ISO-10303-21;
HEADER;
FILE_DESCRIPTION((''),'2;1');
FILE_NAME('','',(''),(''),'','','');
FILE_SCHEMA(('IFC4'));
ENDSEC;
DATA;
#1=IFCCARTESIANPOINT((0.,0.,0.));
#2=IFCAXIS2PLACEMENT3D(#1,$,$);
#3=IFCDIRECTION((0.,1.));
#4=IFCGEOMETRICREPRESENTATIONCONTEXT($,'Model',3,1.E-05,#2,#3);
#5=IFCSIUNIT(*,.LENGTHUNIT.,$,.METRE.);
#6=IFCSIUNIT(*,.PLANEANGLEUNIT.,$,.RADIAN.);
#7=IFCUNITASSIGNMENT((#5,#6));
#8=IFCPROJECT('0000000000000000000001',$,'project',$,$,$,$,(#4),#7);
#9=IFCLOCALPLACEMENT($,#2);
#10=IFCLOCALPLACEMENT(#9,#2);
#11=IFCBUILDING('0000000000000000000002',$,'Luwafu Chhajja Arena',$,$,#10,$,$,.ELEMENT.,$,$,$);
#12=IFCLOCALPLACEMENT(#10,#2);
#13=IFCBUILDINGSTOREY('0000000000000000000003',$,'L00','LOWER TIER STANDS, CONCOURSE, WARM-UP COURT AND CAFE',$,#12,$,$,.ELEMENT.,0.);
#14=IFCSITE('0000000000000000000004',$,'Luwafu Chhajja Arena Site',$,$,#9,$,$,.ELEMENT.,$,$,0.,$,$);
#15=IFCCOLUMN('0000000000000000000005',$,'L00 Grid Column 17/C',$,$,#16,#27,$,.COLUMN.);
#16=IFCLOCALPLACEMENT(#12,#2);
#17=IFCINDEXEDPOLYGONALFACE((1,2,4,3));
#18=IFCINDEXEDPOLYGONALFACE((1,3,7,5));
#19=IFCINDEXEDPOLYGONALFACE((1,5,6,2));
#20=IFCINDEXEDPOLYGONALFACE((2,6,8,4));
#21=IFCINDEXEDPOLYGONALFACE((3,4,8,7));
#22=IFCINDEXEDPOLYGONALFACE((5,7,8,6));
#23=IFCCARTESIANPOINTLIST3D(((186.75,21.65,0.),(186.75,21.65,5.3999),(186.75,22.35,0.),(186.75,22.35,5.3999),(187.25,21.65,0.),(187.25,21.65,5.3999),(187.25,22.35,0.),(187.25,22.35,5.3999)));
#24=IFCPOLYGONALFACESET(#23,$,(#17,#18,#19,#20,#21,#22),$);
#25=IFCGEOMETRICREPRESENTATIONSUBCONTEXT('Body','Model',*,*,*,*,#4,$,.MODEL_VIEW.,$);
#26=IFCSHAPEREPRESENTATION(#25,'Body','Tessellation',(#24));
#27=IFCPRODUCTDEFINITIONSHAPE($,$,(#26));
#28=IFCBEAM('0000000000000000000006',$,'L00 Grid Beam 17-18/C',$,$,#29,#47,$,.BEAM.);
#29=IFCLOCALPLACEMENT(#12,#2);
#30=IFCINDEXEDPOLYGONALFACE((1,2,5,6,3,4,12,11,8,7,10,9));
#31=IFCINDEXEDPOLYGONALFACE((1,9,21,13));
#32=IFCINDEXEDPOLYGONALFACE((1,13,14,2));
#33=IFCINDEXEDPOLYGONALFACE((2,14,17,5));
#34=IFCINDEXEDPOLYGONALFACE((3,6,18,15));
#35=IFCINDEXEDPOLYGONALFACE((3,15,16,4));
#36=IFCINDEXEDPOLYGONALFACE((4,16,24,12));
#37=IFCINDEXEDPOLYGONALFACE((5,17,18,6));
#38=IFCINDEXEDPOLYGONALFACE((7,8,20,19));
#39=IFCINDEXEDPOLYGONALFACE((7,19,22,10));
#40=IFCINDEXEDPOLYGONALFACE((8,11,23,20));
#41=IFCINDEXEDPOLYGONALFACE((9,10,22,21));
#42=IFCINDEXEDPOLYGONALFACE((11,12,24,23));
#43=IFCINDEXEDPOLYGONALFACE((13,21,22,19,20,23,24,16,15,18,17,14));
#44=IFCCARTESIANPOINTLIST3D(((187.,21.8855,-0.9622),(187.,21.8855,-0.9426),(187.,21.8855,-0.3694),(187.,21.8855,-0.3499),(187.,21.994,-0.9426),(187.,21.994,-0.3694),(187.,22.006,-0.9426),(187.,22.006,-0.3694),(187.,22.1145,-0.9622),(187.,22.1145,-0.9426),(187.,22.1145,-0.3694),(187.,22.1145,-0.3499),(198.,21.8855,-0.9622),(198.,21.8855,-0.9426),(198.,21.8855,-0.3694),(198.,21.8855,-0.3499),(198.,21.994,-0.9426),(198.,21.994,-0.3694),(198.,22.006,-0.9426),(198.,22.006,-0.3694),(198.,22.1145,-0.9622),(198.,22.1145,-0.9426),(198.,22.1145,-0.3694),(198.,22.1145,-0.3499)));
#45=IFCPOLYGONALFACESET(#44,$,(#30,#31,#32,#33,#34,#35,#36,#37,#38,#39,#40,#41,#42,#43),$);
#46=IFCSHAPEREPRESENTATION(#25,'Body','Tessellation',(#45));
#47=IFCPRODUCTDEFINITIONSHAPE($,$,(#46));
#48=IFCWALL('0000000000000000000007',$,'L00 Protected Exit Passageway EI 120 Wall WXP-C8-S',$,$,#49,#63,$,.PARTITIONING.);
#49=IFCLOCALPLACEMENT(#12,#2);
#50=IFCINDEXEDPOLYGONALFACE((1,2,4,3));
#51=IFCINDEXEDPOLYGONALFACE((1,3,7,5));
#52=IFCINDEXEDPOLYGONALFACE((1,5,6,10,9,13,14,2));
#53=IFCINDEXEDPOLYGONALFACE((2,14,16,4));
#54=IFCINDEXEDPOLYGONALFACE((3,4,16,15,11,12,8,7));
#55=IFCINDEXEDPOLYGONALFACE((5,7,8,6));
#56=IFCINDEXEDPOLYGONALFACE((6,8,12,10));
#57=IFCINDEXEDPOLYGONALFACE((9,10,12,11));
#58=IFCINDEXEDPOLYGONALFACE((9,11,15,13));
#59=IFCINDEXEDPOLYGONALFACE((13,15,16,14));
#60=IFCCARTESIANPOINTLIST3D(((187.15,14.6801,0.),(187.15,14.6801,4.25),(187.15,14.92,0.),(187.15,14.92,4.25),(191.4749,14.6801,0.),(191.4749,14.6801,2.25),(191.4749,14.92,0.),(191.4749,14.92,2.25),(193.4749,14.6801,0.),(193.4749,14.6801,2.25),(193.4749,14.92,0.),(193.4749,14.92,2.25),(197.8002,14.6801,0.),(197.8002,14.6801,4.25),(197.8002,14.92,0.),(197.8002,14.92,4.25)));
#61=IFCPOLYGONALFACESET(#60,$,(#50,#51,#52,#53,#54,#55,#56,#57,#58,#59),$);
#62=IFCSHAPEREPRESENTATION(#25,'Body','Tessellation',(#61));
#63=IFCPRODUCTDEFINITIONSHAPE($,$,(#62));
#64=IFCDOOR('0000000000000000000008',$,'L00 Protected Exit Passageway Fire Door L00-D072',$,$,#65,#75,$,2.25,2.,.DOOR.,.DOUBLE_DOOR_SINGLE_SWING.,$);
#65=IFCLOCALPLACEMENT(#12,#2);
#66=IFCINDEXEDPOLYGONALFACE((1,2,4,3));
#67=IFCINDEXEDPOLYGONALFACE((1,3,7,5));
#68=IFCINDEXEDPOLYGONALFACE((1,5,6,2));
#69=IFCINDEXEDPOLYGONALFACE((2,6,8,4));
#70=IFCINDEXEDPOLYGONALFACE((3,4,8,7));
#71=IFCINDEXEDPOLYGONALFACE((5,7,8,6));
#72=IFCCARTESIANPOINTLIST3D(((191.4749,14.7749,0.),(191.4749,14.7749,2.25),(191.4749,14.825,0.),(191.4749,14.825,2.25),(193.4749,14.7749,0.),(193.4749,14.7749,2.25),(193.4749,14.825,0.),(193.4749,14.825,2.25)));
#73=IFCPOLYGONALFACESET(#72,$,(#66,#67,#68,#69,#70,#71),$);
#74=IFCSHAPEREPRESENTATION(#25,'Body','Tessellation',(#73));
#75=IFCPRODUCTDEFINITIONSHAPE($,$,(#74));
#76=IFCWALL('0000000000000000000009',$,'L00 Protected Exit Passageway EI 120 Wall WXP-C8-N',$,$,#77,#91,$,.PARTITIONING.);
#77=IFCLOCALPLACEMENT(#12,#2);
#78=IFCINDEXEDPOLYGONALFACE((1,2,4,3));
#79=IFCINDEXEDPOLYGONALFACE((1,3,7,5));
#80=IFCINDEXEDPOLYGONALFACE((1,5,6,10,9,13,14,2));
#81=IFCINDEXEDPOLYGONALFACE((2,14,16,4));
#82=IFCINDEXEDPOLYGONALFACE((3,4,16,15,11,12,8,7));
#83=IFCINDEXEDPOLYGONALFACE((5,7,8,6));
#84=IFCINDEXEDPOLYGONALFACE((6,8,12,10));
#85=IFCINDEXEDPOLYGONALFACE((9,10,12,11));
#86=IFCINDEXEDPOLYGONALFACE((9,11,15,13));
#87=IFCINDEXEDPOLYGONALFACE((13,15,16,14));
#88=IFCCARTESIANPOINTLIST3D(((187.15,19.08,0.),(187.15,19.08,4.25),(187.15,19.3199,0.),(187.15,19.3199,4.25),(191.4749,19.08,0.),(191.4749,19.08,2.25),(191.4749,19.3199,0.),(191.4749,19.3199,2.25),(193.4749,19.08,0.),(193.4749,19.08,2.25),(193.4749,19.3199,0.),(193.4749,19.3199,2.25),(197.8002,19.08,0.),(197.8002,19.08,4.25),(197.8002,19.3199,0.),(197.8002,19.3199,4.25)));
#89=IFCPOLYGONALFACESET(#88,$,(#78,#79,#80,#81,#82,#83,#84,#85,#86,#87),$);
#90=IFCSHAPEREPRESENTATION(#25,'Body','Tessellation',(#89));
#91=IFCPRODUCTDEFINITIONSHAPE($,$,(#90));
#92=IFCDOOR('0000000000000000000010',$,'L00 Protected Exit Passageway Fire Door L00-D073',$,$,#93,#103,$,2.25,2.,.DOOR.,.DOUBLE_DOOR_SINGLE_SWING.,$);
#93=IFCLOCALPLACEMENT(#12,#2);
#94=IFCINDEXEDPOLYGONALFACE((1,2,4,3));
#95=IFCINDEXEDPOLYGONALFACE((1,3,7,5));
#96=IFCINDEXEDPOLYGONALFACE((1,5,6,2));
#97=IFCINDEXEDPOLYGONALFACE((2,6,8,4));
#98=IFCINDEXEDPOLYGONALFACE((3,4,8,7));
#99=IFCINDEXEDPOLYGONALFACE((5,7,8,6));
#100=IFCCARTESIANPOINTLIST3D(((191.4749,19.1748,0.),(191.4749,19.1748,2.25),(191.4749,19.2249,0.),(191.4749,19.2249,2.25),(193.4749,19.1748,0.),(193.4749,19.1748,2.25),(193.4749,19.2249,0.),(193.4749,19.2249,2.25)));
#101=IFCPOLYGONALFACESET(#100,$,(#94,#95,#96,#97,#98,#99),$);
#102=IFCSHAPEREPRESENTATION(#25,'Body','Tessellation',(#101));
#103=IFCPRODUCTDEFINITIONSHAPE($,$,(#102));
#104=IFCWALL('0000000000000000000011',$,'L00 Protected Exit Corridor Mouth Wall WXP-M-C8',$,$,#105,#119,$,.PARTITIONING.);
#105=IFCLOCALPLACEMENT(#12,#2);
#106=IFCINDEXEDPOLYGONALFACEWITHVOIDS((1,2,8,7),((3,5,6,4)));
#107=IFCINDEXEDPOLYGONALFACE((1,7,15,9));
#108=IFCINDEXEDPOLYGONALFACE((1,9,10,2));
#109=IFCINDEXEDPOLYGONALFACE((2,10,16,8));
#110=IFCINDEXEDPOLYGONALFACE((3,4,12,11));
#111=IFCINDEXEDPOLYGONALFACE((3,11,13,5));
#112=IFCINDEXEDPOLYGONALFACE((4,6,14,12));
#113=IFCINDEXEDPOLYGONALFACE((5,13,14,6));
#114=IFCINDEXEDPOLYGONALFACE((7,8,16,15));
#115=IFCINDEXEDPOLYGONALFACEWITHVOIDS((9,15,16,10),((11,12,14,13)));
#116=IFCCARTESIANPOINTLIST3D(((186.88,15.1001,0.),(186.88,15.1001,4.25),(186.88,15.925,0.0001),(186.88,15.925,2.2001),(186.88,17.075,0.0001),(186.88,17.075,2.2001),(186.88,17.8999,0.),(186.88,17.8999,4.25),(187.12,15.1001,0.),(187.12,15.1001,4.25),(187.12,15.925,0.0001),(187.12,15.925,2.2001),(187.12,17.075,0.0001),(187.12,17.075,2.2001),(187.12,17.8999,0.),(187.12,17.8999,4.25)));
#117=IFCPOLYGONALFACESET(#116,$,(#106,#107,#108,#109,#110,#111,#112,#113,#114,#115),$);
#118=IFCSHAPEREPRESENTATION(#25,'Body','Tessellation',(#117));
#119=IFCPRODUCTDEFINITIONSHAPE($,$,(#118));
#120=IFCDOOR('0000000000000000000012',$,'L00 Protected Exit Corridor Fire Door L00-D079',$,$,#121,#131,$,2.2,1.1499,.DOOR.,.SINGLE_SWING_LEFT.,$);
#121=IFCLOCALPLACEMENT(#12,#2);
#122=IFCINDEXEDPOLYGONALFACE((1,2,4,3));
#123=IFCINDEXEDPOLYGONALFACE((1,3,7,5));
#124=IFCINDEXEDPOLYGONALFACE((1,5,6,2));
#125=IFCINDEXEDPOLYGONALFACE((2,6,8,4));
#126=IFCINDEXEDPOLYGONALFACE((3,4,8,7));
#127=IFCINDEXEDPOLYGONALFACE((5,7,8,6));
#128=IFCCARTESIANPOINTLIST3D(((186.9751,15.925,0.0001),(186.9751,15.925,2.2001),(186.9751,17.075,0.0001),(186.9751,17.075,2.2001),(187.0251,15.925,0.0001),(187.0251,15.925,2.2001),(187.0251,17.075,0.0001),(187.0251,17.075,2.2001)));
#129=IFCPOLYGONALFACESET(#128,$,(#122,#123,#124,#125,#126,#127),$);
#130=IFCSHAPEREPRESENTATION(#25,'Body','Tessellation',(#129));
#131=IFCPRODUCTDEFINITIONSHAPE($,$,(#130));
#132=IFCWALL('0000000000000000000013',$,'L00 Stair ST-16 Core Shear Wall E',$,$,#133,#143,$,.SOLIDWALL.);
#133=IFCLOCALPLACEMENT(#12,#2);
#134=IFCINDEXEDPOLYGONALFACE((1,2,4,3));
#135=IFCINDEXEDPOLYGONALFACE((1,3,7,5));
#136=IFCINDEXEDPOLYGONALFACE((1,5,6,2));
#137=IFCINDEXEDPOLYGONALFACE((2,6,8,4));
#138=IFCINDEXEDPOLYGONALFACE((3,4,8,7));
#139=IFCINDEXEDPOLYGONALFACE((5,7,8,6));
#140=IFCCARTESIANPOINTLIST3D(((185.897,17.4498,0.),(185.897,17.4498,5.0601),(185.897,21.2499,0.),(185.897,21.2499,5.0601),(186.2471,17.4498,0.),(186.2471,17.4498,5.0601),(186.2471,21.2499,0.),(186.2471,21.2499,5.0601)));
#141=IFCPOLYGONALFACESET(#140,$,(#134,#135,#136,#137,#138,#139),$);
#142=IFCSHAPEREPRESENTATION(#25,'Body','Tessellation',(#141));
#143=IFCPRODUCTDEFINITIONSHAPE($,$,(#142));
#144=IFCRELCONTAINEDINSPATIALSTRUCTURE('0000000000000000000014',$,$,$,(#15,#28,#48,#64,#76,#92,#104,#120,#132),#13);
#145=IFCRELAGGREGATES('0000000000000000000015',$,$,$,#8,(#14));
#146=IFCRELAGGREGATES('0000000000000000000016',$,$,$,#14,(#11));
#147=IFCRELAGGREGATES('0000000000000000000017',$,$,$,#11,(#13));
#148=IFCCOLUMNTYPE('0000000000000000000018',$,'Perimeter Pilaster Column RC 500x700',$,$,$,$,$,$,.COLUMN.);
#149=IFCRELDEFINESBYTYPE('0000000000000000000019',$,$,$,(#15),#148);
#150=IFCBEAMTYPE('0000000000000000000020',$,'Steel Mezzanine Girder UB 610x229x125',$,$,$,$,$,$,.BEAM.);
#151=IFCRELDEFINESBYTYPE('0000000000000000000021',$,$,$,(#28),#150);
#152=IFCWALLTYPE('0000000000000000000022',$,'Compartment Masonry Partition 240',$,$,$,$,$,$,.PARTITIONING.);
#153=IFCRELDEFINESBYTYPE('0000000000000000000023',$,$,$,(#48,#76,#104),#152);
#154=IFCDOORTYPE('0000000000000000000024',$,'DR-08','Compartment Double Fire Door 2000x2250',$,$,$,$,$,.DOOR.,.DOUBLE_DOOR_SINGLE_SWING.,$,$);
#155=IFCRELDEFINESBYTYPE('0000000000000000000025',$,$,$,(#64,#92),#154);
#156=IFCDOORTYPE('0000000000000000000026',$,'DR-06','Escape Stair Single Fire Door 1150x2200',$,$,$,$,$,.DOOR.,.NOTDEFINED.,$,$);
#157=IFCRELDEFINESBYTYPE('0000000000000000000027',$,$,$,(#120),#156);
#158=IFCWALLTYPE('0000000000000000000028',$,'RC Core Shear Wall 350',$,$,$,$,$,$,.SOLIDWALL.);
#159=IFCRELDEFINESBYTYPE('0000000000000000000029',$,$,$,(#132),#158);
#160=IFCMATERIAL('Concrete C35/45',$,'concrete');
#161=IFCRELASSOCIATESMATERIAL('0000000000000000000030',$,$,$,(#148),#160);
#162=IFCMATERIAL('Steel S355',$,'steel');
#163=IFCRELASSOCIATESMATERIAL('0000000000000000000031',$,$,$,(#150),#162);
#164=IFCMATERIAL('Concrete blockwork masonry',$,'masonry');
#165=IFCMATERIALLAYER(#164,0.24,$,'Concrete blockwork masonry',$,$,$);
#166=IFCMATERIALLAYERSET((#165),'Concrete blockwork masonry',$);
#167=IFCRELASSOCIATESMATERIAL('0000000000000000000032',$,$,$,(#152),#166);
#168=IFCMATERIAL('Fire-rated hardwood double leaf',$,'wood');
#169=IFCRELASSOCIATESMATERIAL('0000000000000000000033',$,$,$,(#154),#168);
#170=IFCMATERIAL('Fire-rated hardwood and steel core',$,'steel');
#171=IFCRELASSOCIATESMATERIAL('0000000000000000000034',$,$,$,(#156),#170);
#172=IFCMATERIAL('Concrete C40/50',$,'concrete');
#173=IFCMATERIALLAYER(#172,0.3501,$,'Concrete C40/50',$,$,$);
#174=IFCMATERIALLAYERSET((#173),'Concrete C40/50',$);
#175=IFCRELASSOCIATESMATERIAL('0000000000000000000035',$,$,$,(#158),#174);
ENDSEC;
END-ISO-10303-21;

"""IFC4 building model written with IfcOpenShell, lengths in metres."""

from ifc_helpers import new_model, si_unit, direction, frame, frame_2d, origin, origin_2d, place, context, subcontext, project, spatial, rectangle, i_section, extrude, material, layer, layer_set, material_profile, profile_set, type_object, element, fill, save


model = new_model("IFC4")

# Units and contexts
model_context = context("Model", 3, precision=1e-05, world=origin(), true_north=direction((0.0, 1.0)))
body_context = subcontext(model_context, "Body", "Model", "MODEL_VIEW")
ifc_project = project(units=[si_unit("LENGTHUNIT", "METRE"), si_unit("PLANEANGLEUNIT", "RADIAN")], contexts=[model_context])

# Site, building, storey
site_placement = place(None, origin())
site = spatial("IfcSite", under=ifc_project, at=site_placement, Name="Luwafu Chhajja Arena Site", CompositionType="ELEMENT", RefElevation=0.0)
building_placement = place(site_placement, origin())
building = spatial("IfcBuilding", under=site, at=building_placement, Name="Luwafu Chhajja Arena", CompositionType="ELEMENT")
storey_placement = place(building_placement, origin())
storey = spatial("IfcBuildingStorey", under=building, at=storey_placement, Name="L00", Description="LOWER TIER STANDS, CONCOURSE, WARM-UP COURT AND CAFE", CompositionType="ELEMENT", Elevation=0.0)

# Column
ifc_material_1 = material(Name="Concrete C35/45", Category="concrete")
ifc_material_profile_1 = material_profile(ifc_material_1, rectangle(XDim=0.5, YDim=0.7, at=origin_2d()), Name="RC 500x700")
ifc_profile_set_1 = profile_set([ifc_material_profile_1], Name="Concrete C35/45")
column_type = type_object("IfcColumnType", Name="Perimeter Pilaster Column RC 500x700", PredefinedType="COLUMN", material=ifc_profile_set_1)
column_placement = place(storey_placement, frame((187.0, 22.0, 0.0), z_axis=(0.0, 0.0, 1.0), x_axis=(1.0, 0.0, 0.0)))
element("IfcColumn", 1, at=column_placement, inside=storey, type_object=column_type, Name="L00 Grid Column 17/C", PredefinedType="COLUMN", context=body_context, shape_type="SweptSolid", body=[
    extrude(rectangle(XDim=0.5, YDim=0.7, at=origin_2d()), origin(), (0.0, 0.0, 1.0), 5.3999),
])

# Beam
ifc_material_2 = material(Name="Steel S355", Category="steel")
ifc_material_profile_2 = material_profile(ifc_material_2, i_section(OverallWidth=0.229, OverallDepth=0.6123, WebThickness=0.012, FlangeThickness=0.0195, at=origin_2d()), Name="UB 610x229x125")
ifc_profile_set_2 = profile_set([ifc_material_profile_2], Name="Steel S355")
beam_type = type_object("IfcBeamType", Name="Steel Mezzanine Girder UB 610x229x125", PredefinedType="BEAM", material=ifc_profile_set_2)
beam_placement = place(storey_placement, frame((187.0, 22.0, -0.656), z_axis=(1.0, 0.0, 0.0), x_axis=(0.0, 1.0, 0.0)))
element("IfcBeam", 2, at=beam_placement, inside=storey, type_object=beam_type, Name="L00 Grid Beam 17-18/C", PredefinedType="BEAM", context=body_context, shape_type="SweptSolid", body=[
    extrude(i_section(OverallWidth=0.229, OverallDepth=0.6123, WebThickness=0.012, FlangeThickness=0.0195, at=origin_2d()), origin(), (0.0, 0.0, 1.0), 11.0),
])

# Walls, openings, doors
ifc_material_3 = material(Name="Concrete blockwork masonry", Category="masonry")
ifc_layer_1 = layer(ifc_material_3, 0.24, Name="Concrete blockwork masonry")
ifc_layer_set_1 = layer_set([ifc_layer_1], Name="Concrete blockwork masonry")
wall_type_1 = type_object("IfcWallType", Name="Compartment Masonry Partition 240", PredefinedType="PARTITIONING", material=ifc_layer_set_1)
wall_1_placement = place(storey_placement, frame((187.1499, 14.8, 0.0), z_axis=(0.0, 0.0, 1.0), x_axis=(1.0, 0.0, 0.0)))
wall_1 = element("IfcWall", 3, at=wall_1_placement, inside=storey, type_object=wall_type_1, Name="L00 Protected Exit Passageway EI 120 Wall WXP-C8-S", PredefinedType="PARTITIONING", context=body_context, shape_type="SweptSolid", body=[
    extrude(rectangle(XDim=10.6501, YDim=0.24, at=frame_2d((5.3252, 0.0))), origin(), (0.0, 0.0, 1.0), 4.25),
])
opening_1_placement = place(wall_1_placement, frame((4.325, 0.0, 0.0)))
opening_1 = element("IfcOpeningElement", 4, at=opening_1_placement, cuts=wall_1, PredefinedType="OPENING", context=body_context, shape_type="SweptSolid", body=[
    extrude(rectangle(XDim=2.0, YDim=2.25, at=frame_2d((1.0, 1.125))), frame((0.0, 0.1299, 0.0), z_axis=(0.0, -1.0, 0.0), x_axis=(1.0, 0.0, 0.0)), (0.0, 0.0, 1.0), 0.26),
])
ifc_material_4 = material(Name="Fire-rated hardwood double leaf", Category="wood")
door_type_1 = type_object("IfcDoorType", Name="DR-08", Description="Compartment Double Fire Door 2000x2250", OperationType="DOUBLE_DOOR_SINGLE_SWING", PredefinedType="DOOR", material=ifc_material_4)
door_1_placement = place(opening_1_placement, origin())
door_1 = element("IfcDoor", 5, at=door_1_placement, inside=storey, type_object=door_type_1, Name="L00 Protected Exit Passageway Fire Door L00-D072", OperationType="DOUBLE_DOOR_SINGLE_SWING", OverallHeight=2.25, OverallWidth=2.0, PredefinedType="DOOR", context=body_context, shape_type="SweptSolid", body=[
    extrude(rectangle(XDim=2.0, YDim=2.25, at=frame_2d((1.0, 1.125))), frame((0.0, 0.0249, 0.0), z_axis=(0.0, -1.0, 0.0), x_axis=(1.0, 0.0, 0.0)), (0.0, 0.0, 1.0), 0.05),
])
fill(opening_1, door_1)
wall_2_placement = place(storey_placement, frame((187.1499, 19.2, 0.0), z_axis=(0.0, 0.0, 1.0), x_axis=(1.0, 0.0, 0.0)))
wall_2 = element("IfcWall", 6, at=wall_2_placement, inside=storey, type_object=wall_type_1, Name="L00 Protected Exit Passageway EI 120 Wall WXP-C8-N", PredefinedType="PARTITIONING", context=body_context, shape_type="SweptSolid", body=[
    extrude(rectangle(XDim=10.6501, YDim=0.24, at=frame_2d((5.3252, 0.0))), origin(), (0.0, 0.0, 1.0), 4.25),
])
opening_2_placement = place(wall_2_placement, frame((4.325, 0.0, 0.0)))
opening_2 = element("IfcOpeningElement", 7, at=opening_2_placement, cuts=wall_2, PredefinedType="OPENING", context=body_context, shape_type="SweptSolid", body=[
    extrude(rectangle(XDim=2.0, YDim=2.25, at=frame_2d((1.0, 1.125))), frame((0.0, 0.1299, 0.0), z_axis=(0.0, -1.0, 0.0), x_axis=(1.0, 0.0, 0.0)), (0.0, 0.0, 1.0), 0.26),
])
door_2_placement = place(opening_2_placement, origin())
door_2 = element("IfcDoor", 8, at=door_2_placement, inside=storey, type_object=door_type_1, Name="L00 Protected Exit Passageway Fire Door L00-D073", OperationType="DOUBLE_DOOR_SINGLE_SWING", OverallHeight=2.25, OverallWidth=2.0, PredefinedType="DOOR", context=body_context, shape_type="SweptSolid", body=[
    extrude(rectangle(XDim=2.0, YDim=2.25, at=frame_2d((1.0, 1.125))), frame((0.0, 0.0249, 0.0), z_axis=(0.0, -1.0, 0.0), x_axis=(1.0, 0.0, 0.0)), (0.0, 0.0, 1.0), 0.05),
])
fill(opening_2, door_2)
wall_3_placement = place(storey_placement, frame((187.0, 15.1001, 0.0), z_axis=(0.0, 0.0, 1.0), x_axis=(0.0, 1.0, 0.0)))
wall_3 = element("IfcWall", 9, at=wall_3_placement, inside=storey, type_object=wall_type_1, Name="L00 Protected Exit Corridor Mouth Wall WXP-M-C8", PredefinedType="PARTITIONING", context=body_context, shape_type="SweptSolid", body=[
    extrude(rectangle(XDim=2.7998, YDim=0.24, at=frame_2d((1.3999, 0.0))), origin(), (0.0, 0.0, 1.0), 4.25),
])
opening_3_placement = place(wall_3_placement, frame((0.825, 0.0, 0.0)))
opening_3 = element("IfcOpeningElement", 10, at=opening_3_placement, cuts=wall_3, PredefinedType="OPENING", context=body_context, shape_type="SweptSolid", body=[
    extrude(rectangle(XDim=1.1499, YDim=2.2, at=frame_2d((0.575, 1.1001))), frame((0.0, 0.1299, 0.0), z_axis=(0.0, -1.0, 0.0), x_axis=(1.0, 0.0, 0.0)), (0.0, 0.0, 1.0), 0.26),
])
ifc_material_5 = material(Name="Fire-rated hardwood and steel core", Category="steel")
door_type_2 = type_object("IfcDoorType", Name="DR-06", Description="Escape Stair Single Fire Door 1150x2200", OperationType="NOTDEFINED", PredefinedType="DOOR", material=ifc_material_5)
door_3_placement = place(opening_3_placement, origin())
door_3 = element("IfcDoor", 11, at=door_3_placement, inside=storey, type_object=door_type_2, Name="L00 Protected Exit Corridor Fire Door L00-D079", OperationType="SINGLE_SWING_LEFT", OverallHeight=2.2, OverallWidth=1.1499, PredefinedType="DOOR", context=body_context, shape_type="SweptSolid", body=[
    extrude(rectangle(XDim=1.1499, YDim=2.2, at=frame_2d((0.575, 1.1001))), frame((0.0, 0.0249, 0.0), z_axis=(0.0, -1.0, 0.0), x_axis=(1.0, 0.0, 0.0)), (0.0, 0.0, 1.0), 0.05),
])
fill(opening_3, door_3)

# Wall
ifc_material_6 = material(Name="Concrete C40/50", Category="concrete")
ifc_layer_2 = layer(ifc_material_6, 0.3501, Name="Concrete C40/50")
ifc_layer_set_2 = layer_set([ifc_layer_2], Name="Concrete C40/50")
wall_type_2 = type_object("IfcWallType", Name="RC Core Shear Wall 350", PredefinedType="SOLIDWALL", material=ifc_layer_set_2)
wall_4_placement = place(storey_placement, frame((186.072, 17.45, 0.0), z_axis=(0.0, 0.0, 1.0), x_axis=(0.0, 1.0, 0.0)))
element("IfcWall", 12, at=wall_4_placement, inside=storey, type_object=wall_type_2, Name="L00 Stair ST-16 Core Shear Wall E", PredefinedType="SOLIDWALL", context=body_context, shape_type="SweptSolid", body=[
    extrude(rectangle(XDim=3.8, YDim=0.3501, at=frame_2d((1.8999, 0.0))), origin(), (0.0, 0.0, 1.0), 5.0601),
])

save(model, "model.ifc")
